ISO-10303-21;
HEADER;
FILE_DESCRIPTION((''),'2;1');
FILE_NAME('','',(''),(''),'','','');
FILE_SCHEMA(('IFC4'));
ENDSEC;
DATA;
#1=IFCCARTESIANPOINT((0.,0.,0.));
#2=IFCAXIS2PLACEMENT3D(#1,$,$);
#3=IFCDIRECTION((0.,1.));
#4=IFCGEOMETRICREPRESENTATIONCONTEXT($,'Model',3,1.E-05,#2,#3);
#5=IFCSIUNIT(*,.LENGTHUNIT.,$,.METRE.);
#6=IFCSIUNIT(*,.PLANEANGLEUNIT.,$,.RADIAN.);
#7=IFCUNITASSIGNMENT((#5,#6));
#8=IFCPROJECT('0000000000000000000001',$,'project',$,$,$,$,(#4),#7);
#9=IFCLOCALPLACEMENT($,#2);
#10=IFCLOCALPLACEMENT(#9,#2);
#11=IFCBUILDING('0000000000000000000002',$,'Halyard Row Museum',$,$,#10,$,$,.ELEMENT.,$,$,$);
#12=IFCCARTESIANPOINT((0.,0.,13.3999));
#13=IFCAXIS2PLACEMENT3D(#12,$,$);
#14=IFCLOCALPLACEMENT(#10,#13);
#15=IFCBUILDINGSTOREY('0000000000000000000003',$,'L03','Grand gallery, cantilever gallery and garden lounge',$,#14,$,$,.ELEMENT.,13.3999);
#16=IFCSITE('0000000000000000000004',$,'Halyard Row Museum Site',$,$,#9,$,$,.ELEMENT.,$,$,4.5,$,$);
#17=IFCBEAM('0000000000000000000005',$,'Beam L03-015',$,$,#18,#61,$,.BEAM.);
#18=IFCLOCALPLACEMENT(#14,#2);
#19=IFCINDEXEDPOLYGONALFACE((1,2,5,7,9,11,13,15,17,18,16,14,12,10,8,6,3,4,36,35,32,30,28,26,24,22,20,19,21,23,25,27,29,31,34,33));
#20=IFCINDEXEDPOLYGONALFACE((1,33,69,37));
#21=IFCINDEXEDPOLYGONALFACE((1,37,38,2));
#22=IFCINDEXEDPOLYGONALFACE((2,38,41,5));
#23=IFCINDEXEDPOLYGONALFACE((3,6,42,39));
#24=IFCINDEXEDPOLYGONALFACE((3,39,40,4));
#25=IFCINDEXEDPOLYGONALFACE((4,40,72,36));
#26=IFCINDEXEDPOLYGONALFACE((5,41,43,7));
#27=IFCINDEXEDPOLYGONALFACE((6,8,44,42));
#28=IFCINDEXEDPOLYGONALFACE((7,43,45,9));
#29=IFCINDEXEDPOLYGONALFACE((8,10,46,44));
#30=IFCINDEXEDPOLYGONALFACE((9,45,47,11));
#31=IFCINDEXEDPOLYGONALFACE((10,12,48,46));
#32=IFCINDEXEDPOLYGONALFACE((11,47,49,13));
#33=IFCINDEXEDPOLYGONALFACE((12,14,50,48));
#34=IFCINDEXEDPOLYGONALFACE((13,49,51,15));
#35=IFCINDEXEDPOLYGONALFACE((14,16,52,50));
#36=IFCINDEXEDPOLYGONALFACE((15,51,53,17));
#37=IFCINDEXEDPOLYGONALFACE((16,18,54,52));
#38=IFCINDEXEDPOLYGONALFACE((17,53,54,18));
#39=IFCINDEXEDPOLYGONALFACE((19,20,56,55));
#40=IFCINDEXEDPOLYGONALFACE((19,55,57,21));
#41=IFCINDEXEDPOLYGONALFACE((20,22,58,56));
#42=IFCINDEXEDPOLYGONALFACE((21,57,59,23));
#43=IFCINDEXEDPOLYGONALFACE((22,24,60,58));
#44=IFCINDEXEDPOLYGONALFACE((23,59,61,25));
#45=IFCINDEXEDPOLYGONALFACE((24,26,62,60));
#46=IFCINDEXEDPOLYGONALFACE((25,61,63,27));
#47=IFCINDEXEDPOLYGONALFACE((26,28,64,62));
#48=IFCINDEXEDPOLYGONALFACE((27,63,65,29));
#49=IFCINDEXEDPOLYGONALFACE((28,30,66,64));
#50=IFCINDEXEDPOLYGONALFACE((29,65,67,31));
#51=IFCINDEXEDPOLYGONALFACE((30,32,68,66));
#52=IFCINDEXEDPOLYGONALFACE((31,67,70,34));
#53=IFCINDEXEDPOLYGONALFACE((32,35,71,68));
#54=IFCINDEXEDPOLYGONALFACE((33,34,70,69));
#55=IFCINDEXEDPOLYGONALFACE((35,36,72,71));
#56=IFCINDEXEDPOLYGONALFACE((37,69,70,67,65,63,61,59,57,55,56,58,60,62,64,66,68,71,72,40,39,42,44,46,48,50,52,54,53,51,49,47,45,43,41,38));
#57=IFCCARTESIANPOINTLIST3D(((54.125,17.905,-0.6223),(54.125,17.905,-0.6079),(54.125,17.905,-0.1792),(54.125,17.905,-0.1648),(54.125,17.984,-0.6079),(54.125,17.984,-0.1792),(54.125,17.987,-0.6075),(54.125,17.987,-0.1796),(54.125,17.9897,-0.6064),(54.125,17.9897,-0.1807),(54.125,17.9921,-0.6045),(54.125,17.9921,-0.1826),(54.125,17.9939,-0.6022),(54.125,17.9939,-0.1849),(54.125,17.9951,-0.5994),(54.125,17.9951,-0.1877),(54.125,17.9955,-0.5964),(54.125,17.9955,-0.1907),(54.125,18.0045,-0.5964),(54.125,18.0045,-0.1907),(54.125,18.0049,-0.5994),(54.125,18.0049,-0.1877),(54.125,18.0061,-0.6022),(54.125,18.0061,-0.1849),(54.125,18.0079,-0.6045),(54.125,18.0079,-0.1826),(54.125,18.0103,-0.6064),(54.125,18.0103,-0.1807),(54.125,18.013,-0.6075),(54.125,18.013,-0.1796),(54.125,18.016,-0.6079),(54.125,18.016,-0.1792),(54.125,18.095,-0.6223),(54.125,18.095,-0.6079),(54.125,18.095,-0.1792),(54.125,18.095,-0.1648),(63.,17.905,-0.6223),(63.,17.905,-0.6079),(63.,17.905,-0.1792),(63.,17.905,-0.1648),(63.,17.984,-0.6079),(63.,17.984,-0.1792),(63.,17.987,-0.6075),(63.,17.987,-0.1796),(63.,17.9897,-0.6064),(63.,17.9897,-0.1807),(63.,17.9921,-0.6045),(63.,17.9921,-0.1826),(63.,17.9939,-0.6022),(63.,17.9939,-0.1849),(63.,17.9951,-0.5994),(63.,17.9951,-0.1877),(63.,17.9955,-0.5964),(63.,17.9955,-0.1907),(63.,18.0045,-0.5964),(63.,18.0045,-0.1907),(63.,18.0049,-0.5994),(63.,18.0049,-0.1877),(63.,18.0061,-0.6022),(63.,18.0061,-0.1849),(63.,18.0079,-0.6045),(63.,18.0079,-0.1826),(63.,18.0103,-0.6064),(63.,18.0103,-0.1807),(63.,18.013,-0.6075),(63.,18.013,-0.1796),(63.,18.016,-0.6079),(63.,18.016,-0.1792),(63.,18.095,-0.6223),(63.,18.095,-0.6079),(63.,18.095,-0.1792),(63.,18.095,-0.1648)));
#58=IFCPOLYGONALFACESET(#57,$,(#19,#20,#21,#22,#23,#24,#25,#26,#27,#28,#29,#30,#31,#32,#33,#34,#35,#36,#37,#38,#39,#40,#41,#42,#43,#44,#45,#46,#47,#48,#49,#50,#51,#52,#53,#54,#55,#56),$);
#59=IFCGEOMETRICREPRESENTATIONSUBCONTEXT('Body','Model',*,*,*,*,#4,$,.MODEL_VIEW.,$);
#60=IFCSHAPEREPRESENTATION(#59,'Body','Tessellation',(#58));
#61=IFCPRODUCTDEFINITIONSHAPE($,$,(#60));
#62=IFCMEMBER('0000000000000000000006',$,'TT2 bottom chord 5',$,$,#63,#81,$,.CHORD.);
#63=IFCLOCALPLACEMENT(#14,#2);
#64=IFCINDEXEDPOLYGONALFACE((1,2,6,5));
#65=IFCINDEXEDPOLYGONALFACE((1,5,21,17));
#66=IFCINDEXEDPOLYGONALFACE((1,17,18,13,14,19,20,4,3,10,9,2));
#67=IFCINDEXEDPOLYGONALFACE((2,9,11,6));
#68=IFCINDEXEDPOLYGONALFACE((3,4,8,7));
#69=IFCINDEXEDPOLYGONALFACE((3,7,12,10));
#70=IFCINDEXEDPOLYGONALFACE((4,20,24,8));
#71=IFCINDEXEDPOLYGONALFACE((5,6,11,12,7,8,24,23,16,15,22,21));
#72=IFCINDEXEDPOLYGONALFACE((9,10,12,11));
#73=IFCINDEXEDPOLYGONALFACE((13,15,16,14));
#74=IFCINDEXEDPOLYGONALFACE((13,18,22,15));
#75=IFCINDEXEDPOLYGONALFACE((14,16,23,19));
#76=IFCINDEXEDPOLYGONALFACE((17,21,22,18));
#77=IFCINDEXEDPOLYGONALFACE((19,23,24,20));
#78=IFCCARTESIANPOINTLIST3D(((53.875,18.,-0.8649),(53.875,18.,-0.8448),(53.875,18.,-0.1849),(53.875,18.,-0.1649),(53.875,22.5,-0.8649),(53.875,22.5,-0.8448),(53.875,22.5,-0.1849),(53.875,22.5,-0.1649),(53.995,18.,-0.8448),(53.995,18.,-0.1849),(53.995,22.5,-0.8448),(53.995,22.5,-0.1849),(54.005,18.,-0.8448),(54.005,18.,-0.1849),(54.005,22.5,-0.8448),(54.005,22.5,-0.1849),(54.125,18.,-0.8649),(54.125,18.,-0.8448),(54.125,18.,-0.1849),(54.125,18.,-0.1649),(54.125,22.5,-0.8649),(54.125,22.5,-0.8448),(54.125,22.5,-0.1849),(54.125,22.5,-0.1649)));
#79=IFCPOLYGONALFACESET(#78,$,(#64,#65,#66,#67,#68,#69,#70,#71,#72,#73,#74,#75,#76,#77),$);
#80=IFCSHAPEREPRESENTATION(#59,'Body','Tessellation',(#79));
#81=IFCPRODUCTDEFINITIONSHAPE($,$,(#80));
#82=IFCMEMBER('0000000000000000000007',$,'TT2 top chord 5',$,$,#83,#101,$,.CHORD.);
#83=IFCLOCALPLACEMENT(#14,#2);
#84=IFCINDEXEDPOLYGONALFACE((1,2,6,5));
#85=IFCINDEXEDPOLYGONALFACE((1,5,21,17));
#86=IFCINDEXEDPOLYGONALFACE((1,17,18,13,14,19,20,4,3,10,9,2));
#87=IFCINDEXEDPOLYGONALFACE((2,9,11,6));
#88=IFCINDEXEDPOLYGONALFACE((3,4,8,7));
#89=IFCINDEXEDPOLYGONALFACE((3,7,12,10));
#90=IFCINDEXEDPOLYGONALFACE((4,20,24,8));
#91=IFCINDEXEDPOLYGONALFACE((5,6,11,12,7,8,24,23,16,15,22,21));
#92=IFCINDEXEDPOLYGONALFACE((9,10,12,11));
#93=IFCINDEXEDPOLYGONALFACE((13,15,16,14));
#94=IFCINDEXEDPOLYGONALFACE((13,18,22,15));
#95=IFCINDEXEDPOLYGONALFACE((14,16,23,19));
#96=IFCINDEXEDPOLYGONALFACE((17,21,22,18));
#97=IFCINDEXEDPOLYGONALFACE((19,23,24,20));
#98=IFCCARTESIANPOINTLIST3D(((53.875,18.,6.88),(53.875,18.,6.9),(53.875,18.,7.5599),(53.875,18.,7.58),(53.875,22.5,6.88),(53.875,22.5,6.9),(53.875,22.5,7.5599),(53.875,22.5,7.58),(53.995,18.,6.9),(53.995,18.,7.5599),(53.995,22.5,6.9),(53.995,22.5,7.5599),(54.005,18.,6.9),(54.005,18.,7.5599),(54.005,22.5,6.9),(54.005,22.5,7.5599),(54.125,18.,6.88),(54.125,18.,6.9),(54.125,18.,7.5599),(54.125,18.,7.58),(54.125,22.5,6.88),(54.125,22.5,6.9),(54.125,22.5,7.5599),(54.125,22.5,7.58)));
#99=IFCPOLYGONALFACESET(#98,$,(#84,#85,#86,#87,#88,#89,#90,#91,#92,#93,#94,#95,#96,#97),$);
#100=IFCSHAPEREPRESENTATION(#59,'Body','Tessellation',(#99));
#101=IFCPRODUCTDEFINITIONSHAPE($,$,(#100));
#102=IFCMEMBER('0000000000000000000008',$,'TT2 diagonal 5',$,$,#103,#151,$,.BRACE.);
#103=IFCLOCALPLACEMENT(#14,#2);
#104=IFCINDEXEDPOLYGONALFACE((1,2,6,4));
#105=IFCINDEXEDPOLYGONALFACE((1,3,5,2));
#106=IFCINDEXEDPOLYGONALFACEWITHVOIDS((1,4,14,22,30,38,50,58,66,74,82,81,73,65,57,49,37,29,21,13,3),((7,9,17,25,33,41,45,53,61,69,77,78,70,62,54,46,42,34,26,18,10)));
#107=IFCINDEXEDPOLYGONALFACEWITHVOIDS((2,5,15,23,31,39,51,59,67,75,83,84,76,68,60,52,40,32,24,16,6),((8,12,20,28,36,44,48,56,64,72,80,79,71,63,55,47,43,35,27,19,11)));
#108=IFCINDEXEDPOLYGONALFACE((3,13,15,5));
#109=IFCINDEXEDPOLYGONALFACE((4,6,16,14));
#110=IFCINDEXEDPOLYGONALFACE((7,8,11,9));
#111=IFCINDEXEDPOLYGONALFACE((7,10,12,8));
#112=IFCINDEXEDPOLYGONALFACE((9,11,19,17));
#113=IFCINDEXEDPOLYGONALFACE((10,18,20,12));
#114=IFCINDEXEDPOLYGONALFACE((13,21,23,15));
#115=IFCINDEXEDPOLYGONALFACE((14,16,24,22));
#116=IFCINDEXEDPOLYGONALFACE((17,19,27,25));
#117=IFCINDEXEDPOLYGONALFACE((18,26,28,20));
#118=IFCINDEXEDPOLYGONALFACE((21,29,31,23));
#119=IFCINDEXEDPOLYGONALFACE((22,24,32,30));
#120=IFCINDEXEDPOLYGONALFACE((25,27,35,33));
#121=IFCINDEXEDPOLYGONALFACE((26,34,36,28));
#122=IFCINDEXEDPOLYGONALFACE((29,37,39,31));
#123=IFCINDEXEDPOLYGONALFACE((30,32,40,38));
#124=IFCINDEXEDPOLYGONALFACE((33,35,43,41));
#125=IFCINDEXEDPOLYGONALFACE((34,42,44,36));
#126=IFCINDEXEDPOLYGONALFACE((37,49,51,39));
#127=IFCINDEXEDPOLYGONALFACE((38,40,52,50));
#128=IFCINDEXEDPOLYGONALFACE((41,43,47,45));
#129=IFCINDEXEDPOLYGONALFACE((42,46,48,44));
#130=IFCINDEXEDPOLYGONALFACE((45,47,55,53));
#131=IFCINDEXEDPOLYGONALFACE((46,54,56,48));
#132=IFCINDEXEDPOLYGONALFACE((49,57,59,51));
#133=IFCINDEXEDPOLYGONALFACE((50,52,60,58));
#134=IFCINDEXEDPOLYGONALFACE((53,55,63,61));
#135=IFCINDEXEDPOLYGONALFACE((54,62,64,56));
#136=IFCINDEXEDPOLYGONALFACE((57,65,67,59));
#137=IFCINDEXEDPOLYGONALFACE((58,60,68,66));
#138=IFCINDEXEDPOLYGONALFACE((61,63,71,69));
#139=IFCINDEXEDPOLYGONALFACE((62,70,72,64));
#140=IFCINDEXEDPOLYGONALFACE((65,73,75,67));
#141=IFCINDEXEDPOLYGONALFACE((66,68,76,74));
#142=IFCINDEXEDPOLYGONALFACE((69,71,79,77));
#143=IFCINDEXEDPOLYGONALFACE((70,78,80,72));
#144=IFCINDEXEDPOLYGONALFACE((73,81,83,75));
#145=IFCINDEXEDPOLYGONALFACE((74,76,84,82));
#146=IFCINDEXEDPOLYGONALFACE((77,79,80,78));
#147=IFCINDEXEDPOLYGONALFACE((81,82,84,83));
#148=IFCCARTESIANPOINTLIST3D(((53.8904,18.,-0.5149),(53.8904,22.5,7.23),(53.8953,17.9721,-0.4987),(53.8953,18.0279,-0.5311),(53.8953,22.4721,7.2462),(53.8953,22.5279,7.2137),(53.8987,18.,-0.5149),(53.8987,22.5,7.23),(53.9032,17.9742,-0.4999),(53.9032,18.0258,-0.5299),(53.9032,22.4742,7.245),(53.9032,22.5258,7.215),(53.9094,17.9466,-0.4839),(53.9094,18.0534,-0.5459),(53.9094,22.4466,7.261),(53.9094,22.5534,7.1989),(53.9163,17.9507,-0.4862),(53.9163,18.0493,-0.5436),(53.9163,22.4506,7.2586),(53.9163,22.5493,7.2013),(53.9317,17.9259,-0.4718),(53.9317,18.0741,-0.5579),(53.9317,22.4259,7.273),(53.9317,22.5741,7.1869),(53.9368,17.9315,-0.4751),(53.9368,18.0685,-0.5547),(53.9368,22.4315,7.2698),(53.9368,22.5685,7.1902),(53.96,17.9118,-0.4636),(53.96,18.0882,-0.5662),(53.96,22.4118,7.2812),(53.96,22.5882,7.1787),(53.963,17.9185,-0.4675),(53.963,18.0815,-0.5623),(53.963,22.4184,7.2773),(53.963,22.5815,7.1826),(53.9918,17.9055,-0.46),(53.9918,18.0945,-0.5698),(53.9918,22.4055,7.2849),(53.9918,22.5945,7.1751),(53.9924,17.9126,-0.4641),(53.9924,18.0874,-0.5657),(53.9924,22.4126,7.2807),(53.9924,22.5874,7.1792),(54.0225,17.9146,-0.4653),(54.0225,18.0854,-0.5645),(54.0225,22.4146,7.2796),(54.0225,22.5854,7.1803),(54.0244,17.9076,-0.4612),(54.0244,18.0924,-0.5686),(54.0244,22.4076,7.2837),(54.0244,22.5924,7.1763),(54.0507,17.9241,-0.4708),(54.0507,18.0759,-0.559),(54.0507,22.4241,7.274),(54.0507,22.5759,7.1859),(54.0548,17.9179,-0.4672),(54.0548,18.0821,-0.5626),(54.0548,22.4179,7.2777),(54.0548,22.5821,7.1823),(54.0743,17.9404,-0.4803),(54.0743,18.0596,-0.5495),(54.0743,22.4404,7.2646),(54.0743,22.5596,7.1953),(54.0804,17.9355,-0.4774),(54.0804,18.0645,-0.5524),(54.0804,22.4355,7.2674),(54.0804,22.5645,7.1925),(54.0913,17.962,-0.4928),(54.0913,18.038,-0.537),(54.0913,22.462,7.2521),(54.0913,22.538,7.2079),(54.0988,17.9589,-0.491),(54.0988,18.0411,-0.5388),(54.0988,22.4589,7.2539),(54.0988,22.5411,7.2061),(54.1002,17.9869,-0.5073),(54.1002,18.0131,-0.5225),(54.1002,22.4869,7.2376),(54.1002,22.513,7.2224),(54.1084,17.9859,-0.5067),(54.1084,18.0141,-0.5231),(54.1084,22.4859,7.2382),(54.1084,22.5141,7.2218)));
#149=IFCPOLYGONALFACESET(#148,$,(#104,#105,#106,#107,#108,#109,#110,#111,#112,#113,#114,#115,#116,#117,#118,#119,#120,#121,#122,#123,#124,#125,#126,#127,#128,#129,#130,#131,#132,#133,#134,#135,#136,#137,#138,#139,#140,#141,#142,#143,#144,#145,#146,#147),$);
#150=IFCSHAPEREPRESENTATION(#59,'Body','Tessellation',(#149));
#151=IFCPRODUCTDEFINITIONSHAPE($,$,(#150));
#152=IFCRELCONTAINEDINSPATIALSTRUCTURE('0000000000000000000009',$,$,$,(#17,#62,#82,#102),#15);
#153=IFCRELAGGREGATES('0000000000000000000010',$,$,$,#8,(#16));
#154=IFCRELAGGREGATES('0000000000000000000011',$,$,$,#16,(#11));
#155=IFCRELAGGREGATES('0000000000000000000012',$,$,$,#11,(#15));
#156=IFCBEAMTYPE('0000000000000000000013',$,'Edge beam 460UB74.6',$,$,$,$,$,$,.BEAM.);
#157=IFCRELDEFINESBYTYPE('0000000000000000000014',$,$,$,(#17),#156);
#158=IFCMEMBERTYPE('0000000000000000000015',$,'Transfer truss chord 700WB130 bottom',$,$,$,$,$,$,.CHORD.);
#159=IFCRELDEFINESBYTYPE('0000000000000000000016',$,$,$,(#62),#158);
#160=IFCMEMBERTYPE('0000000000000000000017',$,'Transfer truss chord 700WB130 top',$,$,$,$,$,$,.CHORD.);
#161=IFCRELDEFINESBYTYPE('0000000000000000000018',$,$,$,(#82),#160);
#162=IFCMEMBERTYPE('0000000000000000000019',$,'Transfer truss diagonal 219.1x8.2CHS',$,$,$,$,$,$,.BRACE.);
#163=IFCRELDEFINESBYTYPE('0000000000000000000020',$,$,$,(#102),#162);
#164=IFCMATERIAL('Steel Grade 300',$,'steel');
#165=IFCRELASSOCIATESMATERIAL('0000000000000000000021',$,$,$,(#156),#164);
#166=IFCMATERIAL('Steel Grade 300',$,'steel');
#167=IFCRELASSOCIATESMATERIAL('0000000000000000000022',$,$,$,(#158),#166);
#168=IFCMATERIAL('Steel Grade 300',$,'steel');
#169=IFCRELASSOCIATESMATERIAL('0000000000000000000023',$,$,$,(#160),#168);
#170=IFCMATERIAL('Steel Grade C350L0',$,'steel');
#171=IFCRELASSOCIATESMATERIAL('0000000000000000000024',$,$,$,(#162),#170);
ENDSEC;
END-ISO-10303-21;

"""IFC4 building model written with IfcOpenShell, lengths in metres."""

from ifc_helpers import new_model, si_unit, direction, frame, origin, origin_2d, place, context, subcontext, project, spatial, hollow_circle, i_section, extrude, material, material_profile, profile_set, type_object, element, save


model = new_model("IFC4")

# Units and contexts
model_context = context("Model", 3, precision=1e-05, world=origin(), true_north=direction((0.0, 1.0)))
body_context = subcontext(model_context, "Body", "Model", "MODEL_VIEW")
ifc_project = project(units=[si_unit("LENGTHUNIT", "METRE"), si_unit("PLANEANGLEUNIT", "RADIAN")], contexts=[model_context])

# Site, building, storey
site_placement = place(None, origin())
site = spatial("IfcSite", under=ifc_project, at=site_placement, Name="Halyard Row Museum Site", CompositionType="ELEMENT", RefElevation=4.5)
building_placement = place(site_placement, origin())
building = spatial("IfcBuilding", under=site, at=building_placement, Name="Halyard Row Museum", CompositionType="ELEMENT")
storey_placement = place(building_placement, frame((0.0, 0.0, 13.3999)))
storey = spatial("IfcBuildingStorey", under=building, at=storey_placement, Name="L03", Description="Grand gallery, cantilever gallery and garden lounge", CompositionType="ELEMENT", Elevation=13.3999)

# Beam
ifc_material_1 = material(Name="Steel Grade 300", Category="steel")
ifc_material_profile_1 = material_profile(ifc_material_1, i_section(OverallWidth=0.1899, OverallDepth=0.4575, WebThickness=0.009, FlangeThickness=0.0144, FilletRadius=0.0115, at=origin_2d()), Name="460UB74.6")
ifc_profile_set_1 = profile_set([ifc_material_profile_1], Name="Steel Grade 300")
beam_type = type_object("IfcBeamType", Name="Edge beam 460UB74.6", PredefinedType="BEAM", material=ifc_profile_set_1)
beam_placement = place(storey_placement, frame((54.125, 18.0, -0.3936), z_axis=(1.0, 0.0, 0.0), x_axis=(0.0, 1.0, 0.0)))
element("IfcBeam", 1, at=beam_placement, inside=storey, type_object=beam_type, Name="Beam L03-015", PredefinedType="BEAM", context=body_context, shape_type="SweptSolid", body=[
    extrude(i_section(OverallWidth=0.1899, OverallDepth=0.4575, WebThickness=0.009, FlangeThickness=0.0144, FilletRadius=0.0115, at=origin_2d()), origin(), (0.0, 0.0, 1.0), 8.875),
])

# Members
ifc_material_2 = material(Name="Steel Grade 300", Category="steel")
ifc_material_profile_2 = material_profile(ifc_material_2, i_section(OverallWidth=0.25, OverallDepth=0.7, WebThickness=0.01, FlangeThickness=0.02, at=origin_2d()), Name="700WB130")
ifc_profile_set_2 = profile_set([ifc_material_profile_2], Name="Steel Grade 300")
member_type_1 = type_object("IfcMemberType", Name="Transfer truss chord 700WB130 bottom", PredefinedType="CHORD", material=ifc_profile_set_2)
member_1_placement = place(storey_placement, frame((54.0, 18.0, -0.5149), z_axis=(0.0, 1.0, 0.0), x_axis=(-1.0, 0.0, 0.0)))
element("IfcMember", 2, at=member_1_placement, inside=storey, type_object=member_type_1, Name="TT2 bottom chord 5", PredefinedType="CHORD", context=body_context, shape_type="SweptSolid", body=[
    extrude(i_section(OverallWidth=0.25, OverallDepth=0.7, WebThickness=0.01, FlangeThickness=0.02, at=origin_2d()), origin(), (0.0, 0.0, 1.0), 4.5),
])
ifc_material_3 = material(Name="Steel Grade 300", Category="steel")
ifc_material_profile_3 = material_profile(ifc_material_3, i_section(OverallWidth=0.25, OverallDepth=0.7, WebThickness=0.01, FlangeThickness=0.02, at=origin_2d()), Name="700WB130")
ifc_profile_set_3 = profile_set([ifc_material_profile_3], Name="Steel Grade 300")
member_type_2 = type_object("IfcMemberType", Name="Transfer truss chord 700WB130 top", PredefinedType="CHORD", material=ifc_profile_set_3)
member_2_placement = place(storey_placement, frame((54.0, 18.0, 7.23), z_axis=(0.0, 1.0, 0.0), x_axis=(-1.0, 0.0, 0.0)))
element("IfcMember", 3, at=member_2_placement, inside=storey, type_object=member_type_2, Name="TT2 top chord 5", PredefinedType="CHORD", context=body_context, shape_type="SweptSolid", body=[
    extrude(i_section(OverallWidth=0.25, OverallDepth=0.7, WebThickness=0.01, FlangeThickness=0.02, at=origin_2d()), origin(), (0.0, 0.0, 1.0), 4.5),
])
ifc_material_4 = material(Name="Steel Grade C350L0", Category="steel")
ifc_material_profile_4 = material_profile(ifc_material_4, hollow_circle(Radius=0.1096, WallThickness=0.0083, at=origin_2d()), Name="219.1x8.2CHS")
ifc_profile_set_4 = profile_set([ifc_material_profile_4], Name="Steel Grade C350L0")
member_type_3 = type_object("IfcMemberType", Name="Transfer truss diagonal 219.1x8.2CHS", PredefinedType="BRACE", material=ifc_profile_set_4)
member_3_placement = place(storey_placement, frame((54.0, 18.0, -0.5149), z_axis=(0.0, 0.502384, 0.864645), x_axis=(-1.0, 0.0, 0.0)))
element("IfcMember", 4, at=member_3_placement, inside=storey, type_object=member_type_3, Name="TT2 diagonal 5", PredefinedType="BRACE", context=body_context, shape_type="SweptSolid", body=[
    extrude(hollow_circle(Radius=0.1096, WallThickness=0.0083, at=origin_2d()), origin(), (0.0, 0.0, 1.0), 8.9573),
])

save(model, "model.ifc")
